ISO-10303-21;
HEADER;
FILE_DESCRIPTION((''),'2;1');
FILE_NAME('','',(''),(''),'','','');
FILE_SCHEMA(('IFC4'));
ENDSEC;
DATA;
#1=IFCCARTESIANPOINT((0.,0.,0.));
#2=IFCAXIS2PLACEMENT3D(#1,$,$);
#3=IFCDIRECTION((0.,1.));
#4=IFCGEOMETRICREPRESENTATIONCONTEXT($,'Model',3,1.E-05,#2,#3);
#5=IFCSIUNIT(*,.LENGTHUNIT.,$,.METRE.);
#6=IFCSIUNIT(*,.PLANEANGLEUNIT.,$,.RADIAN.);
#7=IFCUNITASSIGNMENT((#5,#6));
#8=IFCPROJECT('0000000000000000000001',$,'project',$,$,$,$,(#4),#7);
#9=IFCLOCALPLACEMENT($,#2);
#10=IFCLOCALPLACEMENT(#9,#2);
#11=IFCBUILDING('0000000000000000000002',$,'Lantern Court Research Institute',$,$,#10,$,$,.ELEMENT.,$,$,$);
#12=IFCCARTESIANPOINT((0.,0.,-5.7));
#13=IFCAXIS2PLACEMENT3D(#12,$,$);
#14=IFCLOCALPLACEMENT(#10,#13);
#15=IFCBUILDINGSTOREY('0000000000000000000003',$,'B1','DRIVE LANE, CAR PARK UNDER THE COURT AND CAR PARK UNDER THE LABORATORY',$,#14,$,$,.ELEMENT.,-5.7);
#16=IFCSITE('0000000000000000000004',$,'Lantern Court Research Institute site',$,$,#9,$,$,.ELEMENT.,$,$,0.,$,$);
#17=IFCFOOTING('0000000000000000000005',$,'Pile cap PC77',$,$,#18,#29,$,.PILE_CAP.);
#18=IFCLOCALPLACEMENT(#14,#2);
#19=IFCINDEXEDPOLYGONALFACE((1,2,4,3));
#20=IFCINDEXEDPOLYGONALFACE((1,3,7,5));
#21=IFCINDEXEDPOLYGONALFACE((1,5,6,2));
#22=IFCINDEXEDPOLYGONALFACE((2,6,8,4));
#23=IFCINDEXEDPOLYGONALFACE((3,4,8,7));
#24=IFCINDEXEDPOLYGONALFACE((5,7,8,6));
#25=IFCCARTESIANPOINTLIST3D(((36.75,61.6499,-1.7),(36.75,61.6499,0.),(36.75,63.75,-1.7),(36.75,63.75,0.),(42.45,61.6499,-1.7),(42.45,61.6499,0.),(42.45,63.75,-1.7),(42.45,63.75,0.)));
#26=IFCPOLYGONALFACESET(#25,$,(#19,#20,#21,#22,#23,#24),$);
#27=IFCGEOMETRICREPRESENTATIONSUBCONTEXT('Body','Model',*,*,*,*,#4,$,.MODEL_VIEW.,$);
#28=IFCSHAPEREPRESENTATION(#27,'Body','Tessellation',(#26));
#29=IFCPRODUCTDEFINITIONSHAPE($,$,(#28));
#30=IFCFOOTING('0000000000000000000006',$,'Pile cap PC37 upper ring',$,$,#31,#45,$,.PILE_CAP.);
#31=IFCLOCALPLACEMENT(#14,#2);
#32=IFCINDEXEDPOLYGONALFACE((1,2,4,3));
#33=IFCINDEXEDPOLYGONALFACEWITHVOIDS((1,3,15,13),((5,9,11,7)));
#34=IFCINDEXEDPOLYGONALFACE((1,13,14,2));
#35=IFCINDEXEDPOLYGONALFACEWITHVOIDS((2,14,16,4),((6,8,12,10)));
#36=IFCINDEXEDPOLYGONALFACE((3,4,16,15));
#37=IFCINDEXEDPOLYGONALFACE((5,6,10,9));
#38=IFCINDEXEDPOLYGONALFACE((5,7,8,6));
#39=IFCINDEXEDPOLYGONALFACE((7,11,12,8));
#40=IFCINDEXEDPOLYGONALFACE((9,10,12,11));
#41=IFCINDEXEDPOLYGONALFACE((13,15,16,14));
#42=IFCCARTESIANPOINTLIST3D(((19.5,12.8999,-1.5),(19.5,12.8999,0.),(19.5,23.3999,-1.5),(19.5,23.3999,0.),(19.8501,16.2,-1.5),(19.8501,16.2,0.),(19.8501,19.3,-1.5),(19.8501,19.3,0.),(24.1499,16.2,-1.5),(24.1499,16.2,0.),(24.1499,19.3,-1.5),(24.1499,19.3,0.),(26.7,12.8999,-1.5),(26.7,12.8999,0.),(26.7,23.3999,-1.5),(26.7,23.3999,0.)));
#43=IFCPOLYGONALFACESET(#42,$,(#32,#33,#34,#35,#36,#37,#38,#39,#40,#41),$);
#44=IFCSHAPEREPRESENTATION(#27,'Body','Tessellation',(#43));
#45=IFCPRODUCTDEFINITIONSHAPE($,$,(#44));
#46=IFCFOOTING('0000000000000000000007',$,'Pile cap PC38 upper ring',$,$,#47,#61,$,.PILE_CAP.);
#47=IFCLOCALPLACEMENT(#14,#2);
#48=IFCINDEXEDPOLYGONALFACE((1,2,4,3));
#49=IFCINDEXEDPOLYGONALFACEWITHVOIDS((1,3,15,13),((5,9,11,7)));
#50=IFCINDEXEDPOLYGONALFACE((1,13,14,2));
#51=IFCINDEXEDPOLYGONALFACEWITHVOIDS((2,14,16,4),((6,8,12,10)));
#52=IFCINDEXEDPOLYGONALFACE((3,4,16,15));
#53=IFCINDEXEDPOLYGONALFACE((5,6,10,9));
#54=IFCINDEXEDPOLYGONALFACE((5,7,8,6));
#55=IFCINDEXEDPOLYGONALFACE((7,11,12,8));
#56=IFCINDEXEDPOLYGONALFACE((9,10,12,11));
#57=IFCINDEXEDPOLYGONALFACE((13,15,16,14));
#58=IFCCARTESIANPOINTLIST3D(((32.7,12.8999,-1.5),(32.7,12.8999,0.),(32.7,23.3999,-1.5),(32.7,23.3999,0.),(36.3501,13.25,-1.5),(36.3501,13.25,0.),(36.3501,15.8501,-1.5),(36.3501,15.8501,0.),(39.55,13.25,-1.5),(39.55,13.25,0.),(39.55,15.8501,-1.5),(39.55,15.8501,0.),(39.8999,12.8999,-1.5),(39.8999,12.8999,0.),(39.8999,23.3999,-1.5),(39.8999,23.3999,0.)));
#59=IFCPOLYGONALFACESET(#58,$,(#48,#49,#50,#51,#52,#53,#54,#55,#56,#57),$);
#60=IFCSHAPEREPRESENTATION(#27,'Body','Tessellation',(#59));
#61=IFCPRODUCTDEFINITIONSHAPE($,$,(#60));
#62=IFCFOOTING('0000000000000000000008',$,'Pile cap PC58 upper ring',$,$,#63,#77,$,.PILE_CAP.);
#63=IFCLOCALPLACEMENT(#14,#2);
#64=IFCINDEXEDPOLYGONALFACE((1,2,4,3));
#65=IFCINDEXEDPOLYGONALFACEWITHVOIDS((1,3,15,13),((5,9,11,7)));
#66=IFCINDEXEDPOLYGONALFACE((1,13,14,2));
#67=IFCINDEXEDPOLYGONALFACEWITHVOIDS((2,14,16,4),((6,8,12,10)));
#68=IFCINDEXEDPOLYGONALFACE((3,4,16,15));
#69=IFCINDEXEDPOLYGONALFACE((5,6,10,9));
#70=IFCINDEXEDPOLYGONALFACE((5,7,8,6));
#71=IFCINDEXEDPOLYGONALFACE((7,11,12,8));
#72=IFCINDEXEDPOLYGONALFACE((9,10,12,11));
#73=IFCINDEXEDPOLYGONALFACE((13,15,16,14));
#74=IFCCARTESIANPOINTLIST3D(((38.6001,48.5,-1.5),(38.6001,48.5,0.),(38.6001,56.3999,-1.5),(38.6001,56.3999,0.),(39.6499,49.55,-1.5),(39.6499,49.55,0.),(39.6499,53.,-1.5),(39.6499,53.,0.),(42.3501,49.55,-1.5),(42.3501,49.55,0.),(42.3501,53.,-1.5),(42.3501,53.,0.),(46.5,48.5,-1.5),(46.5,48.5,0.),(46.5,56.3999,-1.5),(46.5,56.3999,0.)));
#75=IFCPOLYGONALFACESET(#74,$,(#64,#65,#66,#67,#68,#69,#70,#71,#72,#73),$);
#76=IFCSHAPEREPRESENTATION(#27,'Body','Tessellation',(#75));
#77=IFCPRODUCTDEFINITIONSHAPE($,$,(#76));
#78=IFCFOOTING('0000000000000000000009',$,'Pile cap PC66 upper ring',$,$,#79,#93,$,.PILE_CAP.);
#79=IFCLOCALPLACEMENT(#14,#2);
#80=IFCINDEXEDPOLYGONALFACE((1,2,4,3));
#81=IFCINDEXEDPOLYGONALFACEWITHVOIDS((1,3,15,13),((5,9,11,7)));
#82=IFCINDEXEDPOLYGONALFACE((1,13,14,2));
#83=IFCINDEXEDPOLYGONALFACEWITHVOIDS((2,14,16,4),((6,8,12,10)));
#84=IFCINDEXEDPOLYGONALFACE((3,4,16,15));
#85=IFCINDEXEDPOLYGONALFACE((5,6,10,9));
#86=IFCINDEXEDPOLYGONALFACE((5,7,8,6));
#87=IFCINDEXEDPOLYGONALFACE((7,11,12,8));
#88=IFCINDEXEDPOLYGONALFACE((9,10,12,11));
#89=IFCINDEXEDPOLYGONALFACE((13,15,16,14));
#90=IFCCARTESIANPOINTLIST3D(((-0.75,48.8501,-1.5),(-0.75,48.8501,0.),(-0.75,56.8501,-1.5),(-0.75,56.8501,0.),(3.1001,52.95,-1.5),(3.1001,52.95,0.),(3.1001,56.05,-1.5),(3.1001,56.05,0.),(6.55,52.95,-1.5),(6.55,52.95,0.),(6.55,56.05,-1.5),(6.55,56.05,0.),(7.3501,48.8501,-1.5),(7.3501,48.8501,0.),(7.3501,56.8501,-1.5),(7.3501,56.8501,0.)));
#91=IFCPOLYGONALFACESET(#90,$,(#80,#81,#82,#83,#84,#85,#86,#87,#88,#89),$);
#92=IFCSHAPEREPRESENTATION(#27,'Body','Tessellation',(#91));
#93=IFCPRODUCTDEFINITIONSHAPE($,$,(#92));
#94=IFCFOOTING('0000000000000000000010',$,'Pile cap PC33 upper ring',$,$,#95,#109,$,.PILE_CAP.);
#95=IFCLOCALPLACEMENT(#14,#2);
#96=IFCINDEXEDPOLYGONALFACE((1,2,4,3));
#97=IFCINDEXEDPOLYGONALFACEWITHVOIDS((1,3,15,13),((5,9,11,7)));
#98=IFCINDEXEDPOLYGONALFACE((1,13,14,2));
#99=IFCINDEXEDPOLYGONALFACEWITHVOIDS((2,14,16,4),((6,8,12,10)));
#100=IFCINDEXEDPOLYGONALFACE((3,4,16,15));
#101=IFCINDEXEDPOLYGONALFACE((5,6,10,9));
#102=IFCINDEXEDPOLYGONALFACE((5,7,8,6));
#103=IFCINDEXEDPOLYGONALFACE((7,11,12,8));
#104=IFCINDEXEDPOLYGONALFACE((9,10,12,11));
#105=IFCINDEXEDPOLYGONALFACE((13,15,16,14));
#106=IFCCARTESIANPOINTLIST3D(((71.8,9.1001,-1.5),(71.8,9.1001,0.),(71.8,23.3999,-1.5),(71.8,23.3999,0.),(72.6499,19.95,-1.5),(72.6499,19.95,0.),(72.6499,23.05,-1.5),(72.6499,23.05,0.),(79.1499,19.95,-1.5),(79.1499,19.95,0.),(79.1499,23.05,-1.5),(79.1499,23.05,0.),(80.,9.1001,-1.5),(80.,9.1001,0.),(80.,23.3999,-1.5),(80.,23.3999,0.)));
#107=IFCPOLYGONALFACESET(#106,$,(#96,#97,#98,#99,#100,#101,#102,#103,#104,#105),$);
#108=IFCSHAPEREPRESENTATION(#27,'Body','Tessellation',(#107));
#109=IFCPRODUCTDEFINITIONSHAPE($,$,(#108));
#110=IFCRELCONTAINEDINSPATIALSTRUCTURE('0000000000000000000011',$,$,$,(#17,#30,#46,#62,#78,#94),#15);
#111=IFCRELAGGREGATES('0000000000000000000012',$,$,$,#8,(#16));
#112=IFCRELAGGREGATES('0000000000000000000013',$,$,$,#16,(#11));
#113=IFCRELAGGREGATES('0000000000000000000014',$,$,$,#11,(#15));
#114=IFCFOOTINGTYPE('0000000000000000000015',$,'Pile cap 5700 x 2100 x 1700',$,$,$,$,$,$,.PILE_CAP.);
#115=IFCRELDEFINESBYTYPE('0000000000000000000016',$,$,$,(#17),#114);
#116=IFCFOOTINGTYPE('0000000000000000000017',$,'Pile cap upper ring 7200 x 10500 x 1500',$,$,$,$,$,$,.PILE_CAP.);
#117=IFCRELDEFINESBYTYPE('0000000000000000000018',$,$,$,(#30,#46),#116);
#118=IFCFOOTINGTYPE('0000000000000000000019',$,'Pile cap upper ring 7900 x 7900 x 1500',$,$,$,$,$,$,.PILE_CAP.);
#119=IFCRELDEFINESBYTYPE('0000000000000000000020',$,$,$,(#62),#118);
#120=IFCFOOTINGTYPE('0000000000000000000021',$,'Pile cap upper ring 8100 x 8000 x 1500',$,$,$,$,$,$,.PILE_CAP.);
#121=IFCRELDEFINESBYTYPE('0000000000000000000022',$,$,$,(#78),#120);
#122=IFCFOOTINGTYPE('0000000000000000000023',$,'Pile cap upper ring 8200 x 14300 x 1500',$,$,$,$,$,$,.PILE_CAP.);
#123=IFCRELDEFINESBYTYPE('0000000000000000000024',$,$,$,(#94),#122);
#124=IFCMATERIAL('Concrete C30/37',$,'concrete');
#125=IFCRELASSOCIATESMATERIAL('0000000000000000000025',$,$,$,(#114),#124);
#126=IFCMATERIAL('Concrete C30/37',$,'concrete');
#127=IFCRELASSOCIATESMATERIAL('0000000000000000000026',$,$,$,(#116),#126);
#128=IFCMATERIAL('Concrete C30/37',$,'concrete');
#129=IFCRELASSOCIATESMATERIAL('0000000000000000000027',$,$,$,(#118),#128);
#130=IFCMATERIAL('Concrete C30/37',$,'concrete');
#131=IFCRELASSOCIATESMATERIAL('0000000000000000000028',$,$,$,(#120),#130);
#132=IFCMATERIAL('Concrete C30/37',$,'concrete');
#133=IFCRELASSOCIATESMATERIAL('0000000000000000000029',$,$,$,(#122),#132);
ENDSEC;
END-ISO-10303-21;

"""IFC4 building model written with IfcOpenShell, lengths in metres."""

from ifc_helpers import new_model, si_unit, direction, frame, origin, place, context, subcontext, project, spatial, polyline, outline, extrude, material, type_object, element, save


model = new_model("IFC4")

# Units and contexts
model_context = context("Model", 3, precision=1e-05, world=origin(), true_north=direction((0.0, 1.0)))
body_context = subcontext(model_context, "Body", "Model", "MODEL_VIEW")
ifc_project = project(units=[si_unit("LENGTHUNIT", "METRE"), si_unit("PLANEANGLEUNIT", "RADIAN")], contexts=[model_context])

# Site, building, storey
site_placement = place(None, origin())
site = spatial("IfcSite", under=ifc_project, at=site_placement, Name="Lantern Court Research Institute site", CompositionType="ELEMENT", RefElevation=0.0)
building_placement = place(site_placement, origin())
building = spatial("IfcBuilding", under=site, at=building_placement, Name="Lantern Court Research Institute", CompositionType="ELEMENT")
storey_placement = place(building_placement, frame((0.0, 0.0, -5.7)))
storey = spatial("IfcBuildingStorey", under=building, at=storey_placement, Name="B1", Description="DRIVE LANE, CAR PARK UNDER THE COURT AND CAR PARK UNDER THE LABORATORY", CompositionType="ELEMENT", Elevation=-5.7)

# Footings
ifc_material_1 = material(Name="Concrete C30/37", Category="concrete")
footing_type_1 = type_object("IfcFootingType", Name="Pile cap 5700 x 2100 x 1700", PredefinedType="PILE_CAP", material=ifc_material_1)
footing_1_placement = place(storey_placement, frame((0.0, 0.0, -1.7)))
element("IfcFooting", 1, at=footing_1_placement, inside=storey, type_object=footing_type_1, Name="Pile cap PC77", PredefinedType="PILE_CAP", context=body_context, shape_type="SweptSolid", body=[
    extrude(outline(polyline([(36.75, 61.6499), (42.45, 61.6499), (42.45, 63.75), (36.75, 63.75), (36.75, 61.6499)])), origin(), (0.0, 0.0, 1.0), 1.7),
])
ifc_material_2 = material(Name="Concrete C30/37", Category="concrete")
footing_type_2 = type_object("IfcFootingType", Name="Pile cap upper ring 7200 x 10500 x 1500", PredefinedType="PILE_CAP", material=ifc_material_2)
footing_2_placement = place(storey_placement, frame((0.0, 0.0, -1.5)))
element("IfcFooting", 2, at=footing_2_placement, inside=storey, type_object=footing_type_2, Name="Pile cap PC37 upper ring", PredefinedType="PILE_CAP", context=body_context, shape_type="SweptSolid", body=[
    extrude(outline(polyline([(19.5, 12.8999), (26.7, 12.8999), (26.7, 23.3999), (19.5, 23.3999), (19.5, 12.8999)]), holes=[polyline([(19.8501, 16.2), (24.1499, 16.2), (24.1499, 19.3), (19.8501, 19.3), (19.8501, 16.2)])]), origin(), (0.0, 0.0, 1.0), 1.5),
])
footing_3_placement = place(storey_placement, frame((0.0, 0.0, -1.5)))
element("IfcFooting", 3, at=footing_3_placement, inside=storey, type_object=footing_type_2, Name="Pile cap PC38 upper ring", PredefinedType="PILE_CAP", context=body_context, shape_type="SweptSolid", body=[
    extrude(outline(polyline([(32.7, 12.8999), (39.8999, 12.8999), (39.8999, 23.3999), (32.7, 23.3999), (32.7, 12.8999)]), holes=[polyline([(36.3501, 13.25), (39.55, 13.25), (39.55, 15.8501), (36.3501, 15.8501), (36.3501, 13.25)])]), origin(), (0.0, 0.0, 1.0), 1.5),
])
ifc_material_3 = material(Name="Concrete C30/37", Category="concrete")
footing_type_3 = type_object("IfcFootingType", Name="Pile cap upper ring 7900 x 7900 x 1500", PredefinedType="PILE_CAP", material=ifc_material_3)
footing_4_placement = place(storey_placement, frame((0.0, 0.0, -1.5)))
element("IfcFooting", 4, at=footing_4_placement, inside=storey, type_object=footing_type_3, Name="Pile cap PC58 upper ring", PredefinedType="PILE_CAP", context=body_context, shape_type="SweptSolid", body=[
    extrude(outline(polyline([(38.6001, 48.5), (46.5, 48.5), (46.5, 56.3999), (38.6001, 56.3999), (38.6001, 48.5)]), holes=[polyline([(39.6499, 49.55), (42.3501, 49.55), (42.3501, 53.0), (39.6499, 53.0), (39.6499, 49.55)])]), origin(), (0.0, 0.0, 1.0), 1.5),
])
ifc_material_4 = material(Name="Concrete C30/37", Category="concrete")
footing_type_4 = type_object("IfcFootingType", Name="Pile cap upper ring 8100 x 8000 x 1500", PredefinedType="PILE_CAP", material=ifc_material_4)
footing_5_placement = place(storey_placement, frame((0.0, 0.0, -1.5)))
element("IfcFooting", 5, at=footing_5_placement, inside=storey, type_object=footing_type_4, Name="Pile cap PC66 upper ring", PredefinedType="PILE_CAP", context=body_context, shape_type="SweptSolid", body=[
    extrude(outline(polyline([(-0.75, 48.8501), (7.3501, 48.8501), (7.3501, 56.8501), (-0.75, 56.8501), (-0.75, 48.8501)]), holes=[polyline([(3.1001, 52.95), (6.55, 52.95), (6.55, 56.05), (3.1001, 56.05), (3.1001, 52.95)])]), origin(), (0.0, 0.0, 1.0), 1.5),
])
ifc_material_5 = material(Name="Concrete C30/37", Category="concrete")
footing_type_5 = type_object("IfcFootingType", Name="Pile cap upper ring 8200 x 14300 x 1500", PredefinedType="PILE_CAP", material=ifc_material_5)
footing_6_placement = place(storey_placement, frame((0.0, 0.0, -1.5)))
element("IfcFooting", 6, at=footing_6_placement, inside=storey, type_object=footing_type_5, Name="Pile cap PC33 upper ring", PredefinedType="PILE_CAP", context=body_context, shape_type="SweptSolid", body=[
    extrude(outline(polyline([(71.8, 9.1001), (80.0, 9.1001), (80.0, 23.3999), (71.8, 23.3999), (71.8, 9.1001)]), holes=[polyline([(72.6499, 19.95), (79.1499, 19.95), (79.1499, 23.05), (72.6499, 23.05), (72.6499, 19.95)])]), origin(), (0.0, 0.0, 1.0), 1.5),
])

save(model, "model.ifc")
